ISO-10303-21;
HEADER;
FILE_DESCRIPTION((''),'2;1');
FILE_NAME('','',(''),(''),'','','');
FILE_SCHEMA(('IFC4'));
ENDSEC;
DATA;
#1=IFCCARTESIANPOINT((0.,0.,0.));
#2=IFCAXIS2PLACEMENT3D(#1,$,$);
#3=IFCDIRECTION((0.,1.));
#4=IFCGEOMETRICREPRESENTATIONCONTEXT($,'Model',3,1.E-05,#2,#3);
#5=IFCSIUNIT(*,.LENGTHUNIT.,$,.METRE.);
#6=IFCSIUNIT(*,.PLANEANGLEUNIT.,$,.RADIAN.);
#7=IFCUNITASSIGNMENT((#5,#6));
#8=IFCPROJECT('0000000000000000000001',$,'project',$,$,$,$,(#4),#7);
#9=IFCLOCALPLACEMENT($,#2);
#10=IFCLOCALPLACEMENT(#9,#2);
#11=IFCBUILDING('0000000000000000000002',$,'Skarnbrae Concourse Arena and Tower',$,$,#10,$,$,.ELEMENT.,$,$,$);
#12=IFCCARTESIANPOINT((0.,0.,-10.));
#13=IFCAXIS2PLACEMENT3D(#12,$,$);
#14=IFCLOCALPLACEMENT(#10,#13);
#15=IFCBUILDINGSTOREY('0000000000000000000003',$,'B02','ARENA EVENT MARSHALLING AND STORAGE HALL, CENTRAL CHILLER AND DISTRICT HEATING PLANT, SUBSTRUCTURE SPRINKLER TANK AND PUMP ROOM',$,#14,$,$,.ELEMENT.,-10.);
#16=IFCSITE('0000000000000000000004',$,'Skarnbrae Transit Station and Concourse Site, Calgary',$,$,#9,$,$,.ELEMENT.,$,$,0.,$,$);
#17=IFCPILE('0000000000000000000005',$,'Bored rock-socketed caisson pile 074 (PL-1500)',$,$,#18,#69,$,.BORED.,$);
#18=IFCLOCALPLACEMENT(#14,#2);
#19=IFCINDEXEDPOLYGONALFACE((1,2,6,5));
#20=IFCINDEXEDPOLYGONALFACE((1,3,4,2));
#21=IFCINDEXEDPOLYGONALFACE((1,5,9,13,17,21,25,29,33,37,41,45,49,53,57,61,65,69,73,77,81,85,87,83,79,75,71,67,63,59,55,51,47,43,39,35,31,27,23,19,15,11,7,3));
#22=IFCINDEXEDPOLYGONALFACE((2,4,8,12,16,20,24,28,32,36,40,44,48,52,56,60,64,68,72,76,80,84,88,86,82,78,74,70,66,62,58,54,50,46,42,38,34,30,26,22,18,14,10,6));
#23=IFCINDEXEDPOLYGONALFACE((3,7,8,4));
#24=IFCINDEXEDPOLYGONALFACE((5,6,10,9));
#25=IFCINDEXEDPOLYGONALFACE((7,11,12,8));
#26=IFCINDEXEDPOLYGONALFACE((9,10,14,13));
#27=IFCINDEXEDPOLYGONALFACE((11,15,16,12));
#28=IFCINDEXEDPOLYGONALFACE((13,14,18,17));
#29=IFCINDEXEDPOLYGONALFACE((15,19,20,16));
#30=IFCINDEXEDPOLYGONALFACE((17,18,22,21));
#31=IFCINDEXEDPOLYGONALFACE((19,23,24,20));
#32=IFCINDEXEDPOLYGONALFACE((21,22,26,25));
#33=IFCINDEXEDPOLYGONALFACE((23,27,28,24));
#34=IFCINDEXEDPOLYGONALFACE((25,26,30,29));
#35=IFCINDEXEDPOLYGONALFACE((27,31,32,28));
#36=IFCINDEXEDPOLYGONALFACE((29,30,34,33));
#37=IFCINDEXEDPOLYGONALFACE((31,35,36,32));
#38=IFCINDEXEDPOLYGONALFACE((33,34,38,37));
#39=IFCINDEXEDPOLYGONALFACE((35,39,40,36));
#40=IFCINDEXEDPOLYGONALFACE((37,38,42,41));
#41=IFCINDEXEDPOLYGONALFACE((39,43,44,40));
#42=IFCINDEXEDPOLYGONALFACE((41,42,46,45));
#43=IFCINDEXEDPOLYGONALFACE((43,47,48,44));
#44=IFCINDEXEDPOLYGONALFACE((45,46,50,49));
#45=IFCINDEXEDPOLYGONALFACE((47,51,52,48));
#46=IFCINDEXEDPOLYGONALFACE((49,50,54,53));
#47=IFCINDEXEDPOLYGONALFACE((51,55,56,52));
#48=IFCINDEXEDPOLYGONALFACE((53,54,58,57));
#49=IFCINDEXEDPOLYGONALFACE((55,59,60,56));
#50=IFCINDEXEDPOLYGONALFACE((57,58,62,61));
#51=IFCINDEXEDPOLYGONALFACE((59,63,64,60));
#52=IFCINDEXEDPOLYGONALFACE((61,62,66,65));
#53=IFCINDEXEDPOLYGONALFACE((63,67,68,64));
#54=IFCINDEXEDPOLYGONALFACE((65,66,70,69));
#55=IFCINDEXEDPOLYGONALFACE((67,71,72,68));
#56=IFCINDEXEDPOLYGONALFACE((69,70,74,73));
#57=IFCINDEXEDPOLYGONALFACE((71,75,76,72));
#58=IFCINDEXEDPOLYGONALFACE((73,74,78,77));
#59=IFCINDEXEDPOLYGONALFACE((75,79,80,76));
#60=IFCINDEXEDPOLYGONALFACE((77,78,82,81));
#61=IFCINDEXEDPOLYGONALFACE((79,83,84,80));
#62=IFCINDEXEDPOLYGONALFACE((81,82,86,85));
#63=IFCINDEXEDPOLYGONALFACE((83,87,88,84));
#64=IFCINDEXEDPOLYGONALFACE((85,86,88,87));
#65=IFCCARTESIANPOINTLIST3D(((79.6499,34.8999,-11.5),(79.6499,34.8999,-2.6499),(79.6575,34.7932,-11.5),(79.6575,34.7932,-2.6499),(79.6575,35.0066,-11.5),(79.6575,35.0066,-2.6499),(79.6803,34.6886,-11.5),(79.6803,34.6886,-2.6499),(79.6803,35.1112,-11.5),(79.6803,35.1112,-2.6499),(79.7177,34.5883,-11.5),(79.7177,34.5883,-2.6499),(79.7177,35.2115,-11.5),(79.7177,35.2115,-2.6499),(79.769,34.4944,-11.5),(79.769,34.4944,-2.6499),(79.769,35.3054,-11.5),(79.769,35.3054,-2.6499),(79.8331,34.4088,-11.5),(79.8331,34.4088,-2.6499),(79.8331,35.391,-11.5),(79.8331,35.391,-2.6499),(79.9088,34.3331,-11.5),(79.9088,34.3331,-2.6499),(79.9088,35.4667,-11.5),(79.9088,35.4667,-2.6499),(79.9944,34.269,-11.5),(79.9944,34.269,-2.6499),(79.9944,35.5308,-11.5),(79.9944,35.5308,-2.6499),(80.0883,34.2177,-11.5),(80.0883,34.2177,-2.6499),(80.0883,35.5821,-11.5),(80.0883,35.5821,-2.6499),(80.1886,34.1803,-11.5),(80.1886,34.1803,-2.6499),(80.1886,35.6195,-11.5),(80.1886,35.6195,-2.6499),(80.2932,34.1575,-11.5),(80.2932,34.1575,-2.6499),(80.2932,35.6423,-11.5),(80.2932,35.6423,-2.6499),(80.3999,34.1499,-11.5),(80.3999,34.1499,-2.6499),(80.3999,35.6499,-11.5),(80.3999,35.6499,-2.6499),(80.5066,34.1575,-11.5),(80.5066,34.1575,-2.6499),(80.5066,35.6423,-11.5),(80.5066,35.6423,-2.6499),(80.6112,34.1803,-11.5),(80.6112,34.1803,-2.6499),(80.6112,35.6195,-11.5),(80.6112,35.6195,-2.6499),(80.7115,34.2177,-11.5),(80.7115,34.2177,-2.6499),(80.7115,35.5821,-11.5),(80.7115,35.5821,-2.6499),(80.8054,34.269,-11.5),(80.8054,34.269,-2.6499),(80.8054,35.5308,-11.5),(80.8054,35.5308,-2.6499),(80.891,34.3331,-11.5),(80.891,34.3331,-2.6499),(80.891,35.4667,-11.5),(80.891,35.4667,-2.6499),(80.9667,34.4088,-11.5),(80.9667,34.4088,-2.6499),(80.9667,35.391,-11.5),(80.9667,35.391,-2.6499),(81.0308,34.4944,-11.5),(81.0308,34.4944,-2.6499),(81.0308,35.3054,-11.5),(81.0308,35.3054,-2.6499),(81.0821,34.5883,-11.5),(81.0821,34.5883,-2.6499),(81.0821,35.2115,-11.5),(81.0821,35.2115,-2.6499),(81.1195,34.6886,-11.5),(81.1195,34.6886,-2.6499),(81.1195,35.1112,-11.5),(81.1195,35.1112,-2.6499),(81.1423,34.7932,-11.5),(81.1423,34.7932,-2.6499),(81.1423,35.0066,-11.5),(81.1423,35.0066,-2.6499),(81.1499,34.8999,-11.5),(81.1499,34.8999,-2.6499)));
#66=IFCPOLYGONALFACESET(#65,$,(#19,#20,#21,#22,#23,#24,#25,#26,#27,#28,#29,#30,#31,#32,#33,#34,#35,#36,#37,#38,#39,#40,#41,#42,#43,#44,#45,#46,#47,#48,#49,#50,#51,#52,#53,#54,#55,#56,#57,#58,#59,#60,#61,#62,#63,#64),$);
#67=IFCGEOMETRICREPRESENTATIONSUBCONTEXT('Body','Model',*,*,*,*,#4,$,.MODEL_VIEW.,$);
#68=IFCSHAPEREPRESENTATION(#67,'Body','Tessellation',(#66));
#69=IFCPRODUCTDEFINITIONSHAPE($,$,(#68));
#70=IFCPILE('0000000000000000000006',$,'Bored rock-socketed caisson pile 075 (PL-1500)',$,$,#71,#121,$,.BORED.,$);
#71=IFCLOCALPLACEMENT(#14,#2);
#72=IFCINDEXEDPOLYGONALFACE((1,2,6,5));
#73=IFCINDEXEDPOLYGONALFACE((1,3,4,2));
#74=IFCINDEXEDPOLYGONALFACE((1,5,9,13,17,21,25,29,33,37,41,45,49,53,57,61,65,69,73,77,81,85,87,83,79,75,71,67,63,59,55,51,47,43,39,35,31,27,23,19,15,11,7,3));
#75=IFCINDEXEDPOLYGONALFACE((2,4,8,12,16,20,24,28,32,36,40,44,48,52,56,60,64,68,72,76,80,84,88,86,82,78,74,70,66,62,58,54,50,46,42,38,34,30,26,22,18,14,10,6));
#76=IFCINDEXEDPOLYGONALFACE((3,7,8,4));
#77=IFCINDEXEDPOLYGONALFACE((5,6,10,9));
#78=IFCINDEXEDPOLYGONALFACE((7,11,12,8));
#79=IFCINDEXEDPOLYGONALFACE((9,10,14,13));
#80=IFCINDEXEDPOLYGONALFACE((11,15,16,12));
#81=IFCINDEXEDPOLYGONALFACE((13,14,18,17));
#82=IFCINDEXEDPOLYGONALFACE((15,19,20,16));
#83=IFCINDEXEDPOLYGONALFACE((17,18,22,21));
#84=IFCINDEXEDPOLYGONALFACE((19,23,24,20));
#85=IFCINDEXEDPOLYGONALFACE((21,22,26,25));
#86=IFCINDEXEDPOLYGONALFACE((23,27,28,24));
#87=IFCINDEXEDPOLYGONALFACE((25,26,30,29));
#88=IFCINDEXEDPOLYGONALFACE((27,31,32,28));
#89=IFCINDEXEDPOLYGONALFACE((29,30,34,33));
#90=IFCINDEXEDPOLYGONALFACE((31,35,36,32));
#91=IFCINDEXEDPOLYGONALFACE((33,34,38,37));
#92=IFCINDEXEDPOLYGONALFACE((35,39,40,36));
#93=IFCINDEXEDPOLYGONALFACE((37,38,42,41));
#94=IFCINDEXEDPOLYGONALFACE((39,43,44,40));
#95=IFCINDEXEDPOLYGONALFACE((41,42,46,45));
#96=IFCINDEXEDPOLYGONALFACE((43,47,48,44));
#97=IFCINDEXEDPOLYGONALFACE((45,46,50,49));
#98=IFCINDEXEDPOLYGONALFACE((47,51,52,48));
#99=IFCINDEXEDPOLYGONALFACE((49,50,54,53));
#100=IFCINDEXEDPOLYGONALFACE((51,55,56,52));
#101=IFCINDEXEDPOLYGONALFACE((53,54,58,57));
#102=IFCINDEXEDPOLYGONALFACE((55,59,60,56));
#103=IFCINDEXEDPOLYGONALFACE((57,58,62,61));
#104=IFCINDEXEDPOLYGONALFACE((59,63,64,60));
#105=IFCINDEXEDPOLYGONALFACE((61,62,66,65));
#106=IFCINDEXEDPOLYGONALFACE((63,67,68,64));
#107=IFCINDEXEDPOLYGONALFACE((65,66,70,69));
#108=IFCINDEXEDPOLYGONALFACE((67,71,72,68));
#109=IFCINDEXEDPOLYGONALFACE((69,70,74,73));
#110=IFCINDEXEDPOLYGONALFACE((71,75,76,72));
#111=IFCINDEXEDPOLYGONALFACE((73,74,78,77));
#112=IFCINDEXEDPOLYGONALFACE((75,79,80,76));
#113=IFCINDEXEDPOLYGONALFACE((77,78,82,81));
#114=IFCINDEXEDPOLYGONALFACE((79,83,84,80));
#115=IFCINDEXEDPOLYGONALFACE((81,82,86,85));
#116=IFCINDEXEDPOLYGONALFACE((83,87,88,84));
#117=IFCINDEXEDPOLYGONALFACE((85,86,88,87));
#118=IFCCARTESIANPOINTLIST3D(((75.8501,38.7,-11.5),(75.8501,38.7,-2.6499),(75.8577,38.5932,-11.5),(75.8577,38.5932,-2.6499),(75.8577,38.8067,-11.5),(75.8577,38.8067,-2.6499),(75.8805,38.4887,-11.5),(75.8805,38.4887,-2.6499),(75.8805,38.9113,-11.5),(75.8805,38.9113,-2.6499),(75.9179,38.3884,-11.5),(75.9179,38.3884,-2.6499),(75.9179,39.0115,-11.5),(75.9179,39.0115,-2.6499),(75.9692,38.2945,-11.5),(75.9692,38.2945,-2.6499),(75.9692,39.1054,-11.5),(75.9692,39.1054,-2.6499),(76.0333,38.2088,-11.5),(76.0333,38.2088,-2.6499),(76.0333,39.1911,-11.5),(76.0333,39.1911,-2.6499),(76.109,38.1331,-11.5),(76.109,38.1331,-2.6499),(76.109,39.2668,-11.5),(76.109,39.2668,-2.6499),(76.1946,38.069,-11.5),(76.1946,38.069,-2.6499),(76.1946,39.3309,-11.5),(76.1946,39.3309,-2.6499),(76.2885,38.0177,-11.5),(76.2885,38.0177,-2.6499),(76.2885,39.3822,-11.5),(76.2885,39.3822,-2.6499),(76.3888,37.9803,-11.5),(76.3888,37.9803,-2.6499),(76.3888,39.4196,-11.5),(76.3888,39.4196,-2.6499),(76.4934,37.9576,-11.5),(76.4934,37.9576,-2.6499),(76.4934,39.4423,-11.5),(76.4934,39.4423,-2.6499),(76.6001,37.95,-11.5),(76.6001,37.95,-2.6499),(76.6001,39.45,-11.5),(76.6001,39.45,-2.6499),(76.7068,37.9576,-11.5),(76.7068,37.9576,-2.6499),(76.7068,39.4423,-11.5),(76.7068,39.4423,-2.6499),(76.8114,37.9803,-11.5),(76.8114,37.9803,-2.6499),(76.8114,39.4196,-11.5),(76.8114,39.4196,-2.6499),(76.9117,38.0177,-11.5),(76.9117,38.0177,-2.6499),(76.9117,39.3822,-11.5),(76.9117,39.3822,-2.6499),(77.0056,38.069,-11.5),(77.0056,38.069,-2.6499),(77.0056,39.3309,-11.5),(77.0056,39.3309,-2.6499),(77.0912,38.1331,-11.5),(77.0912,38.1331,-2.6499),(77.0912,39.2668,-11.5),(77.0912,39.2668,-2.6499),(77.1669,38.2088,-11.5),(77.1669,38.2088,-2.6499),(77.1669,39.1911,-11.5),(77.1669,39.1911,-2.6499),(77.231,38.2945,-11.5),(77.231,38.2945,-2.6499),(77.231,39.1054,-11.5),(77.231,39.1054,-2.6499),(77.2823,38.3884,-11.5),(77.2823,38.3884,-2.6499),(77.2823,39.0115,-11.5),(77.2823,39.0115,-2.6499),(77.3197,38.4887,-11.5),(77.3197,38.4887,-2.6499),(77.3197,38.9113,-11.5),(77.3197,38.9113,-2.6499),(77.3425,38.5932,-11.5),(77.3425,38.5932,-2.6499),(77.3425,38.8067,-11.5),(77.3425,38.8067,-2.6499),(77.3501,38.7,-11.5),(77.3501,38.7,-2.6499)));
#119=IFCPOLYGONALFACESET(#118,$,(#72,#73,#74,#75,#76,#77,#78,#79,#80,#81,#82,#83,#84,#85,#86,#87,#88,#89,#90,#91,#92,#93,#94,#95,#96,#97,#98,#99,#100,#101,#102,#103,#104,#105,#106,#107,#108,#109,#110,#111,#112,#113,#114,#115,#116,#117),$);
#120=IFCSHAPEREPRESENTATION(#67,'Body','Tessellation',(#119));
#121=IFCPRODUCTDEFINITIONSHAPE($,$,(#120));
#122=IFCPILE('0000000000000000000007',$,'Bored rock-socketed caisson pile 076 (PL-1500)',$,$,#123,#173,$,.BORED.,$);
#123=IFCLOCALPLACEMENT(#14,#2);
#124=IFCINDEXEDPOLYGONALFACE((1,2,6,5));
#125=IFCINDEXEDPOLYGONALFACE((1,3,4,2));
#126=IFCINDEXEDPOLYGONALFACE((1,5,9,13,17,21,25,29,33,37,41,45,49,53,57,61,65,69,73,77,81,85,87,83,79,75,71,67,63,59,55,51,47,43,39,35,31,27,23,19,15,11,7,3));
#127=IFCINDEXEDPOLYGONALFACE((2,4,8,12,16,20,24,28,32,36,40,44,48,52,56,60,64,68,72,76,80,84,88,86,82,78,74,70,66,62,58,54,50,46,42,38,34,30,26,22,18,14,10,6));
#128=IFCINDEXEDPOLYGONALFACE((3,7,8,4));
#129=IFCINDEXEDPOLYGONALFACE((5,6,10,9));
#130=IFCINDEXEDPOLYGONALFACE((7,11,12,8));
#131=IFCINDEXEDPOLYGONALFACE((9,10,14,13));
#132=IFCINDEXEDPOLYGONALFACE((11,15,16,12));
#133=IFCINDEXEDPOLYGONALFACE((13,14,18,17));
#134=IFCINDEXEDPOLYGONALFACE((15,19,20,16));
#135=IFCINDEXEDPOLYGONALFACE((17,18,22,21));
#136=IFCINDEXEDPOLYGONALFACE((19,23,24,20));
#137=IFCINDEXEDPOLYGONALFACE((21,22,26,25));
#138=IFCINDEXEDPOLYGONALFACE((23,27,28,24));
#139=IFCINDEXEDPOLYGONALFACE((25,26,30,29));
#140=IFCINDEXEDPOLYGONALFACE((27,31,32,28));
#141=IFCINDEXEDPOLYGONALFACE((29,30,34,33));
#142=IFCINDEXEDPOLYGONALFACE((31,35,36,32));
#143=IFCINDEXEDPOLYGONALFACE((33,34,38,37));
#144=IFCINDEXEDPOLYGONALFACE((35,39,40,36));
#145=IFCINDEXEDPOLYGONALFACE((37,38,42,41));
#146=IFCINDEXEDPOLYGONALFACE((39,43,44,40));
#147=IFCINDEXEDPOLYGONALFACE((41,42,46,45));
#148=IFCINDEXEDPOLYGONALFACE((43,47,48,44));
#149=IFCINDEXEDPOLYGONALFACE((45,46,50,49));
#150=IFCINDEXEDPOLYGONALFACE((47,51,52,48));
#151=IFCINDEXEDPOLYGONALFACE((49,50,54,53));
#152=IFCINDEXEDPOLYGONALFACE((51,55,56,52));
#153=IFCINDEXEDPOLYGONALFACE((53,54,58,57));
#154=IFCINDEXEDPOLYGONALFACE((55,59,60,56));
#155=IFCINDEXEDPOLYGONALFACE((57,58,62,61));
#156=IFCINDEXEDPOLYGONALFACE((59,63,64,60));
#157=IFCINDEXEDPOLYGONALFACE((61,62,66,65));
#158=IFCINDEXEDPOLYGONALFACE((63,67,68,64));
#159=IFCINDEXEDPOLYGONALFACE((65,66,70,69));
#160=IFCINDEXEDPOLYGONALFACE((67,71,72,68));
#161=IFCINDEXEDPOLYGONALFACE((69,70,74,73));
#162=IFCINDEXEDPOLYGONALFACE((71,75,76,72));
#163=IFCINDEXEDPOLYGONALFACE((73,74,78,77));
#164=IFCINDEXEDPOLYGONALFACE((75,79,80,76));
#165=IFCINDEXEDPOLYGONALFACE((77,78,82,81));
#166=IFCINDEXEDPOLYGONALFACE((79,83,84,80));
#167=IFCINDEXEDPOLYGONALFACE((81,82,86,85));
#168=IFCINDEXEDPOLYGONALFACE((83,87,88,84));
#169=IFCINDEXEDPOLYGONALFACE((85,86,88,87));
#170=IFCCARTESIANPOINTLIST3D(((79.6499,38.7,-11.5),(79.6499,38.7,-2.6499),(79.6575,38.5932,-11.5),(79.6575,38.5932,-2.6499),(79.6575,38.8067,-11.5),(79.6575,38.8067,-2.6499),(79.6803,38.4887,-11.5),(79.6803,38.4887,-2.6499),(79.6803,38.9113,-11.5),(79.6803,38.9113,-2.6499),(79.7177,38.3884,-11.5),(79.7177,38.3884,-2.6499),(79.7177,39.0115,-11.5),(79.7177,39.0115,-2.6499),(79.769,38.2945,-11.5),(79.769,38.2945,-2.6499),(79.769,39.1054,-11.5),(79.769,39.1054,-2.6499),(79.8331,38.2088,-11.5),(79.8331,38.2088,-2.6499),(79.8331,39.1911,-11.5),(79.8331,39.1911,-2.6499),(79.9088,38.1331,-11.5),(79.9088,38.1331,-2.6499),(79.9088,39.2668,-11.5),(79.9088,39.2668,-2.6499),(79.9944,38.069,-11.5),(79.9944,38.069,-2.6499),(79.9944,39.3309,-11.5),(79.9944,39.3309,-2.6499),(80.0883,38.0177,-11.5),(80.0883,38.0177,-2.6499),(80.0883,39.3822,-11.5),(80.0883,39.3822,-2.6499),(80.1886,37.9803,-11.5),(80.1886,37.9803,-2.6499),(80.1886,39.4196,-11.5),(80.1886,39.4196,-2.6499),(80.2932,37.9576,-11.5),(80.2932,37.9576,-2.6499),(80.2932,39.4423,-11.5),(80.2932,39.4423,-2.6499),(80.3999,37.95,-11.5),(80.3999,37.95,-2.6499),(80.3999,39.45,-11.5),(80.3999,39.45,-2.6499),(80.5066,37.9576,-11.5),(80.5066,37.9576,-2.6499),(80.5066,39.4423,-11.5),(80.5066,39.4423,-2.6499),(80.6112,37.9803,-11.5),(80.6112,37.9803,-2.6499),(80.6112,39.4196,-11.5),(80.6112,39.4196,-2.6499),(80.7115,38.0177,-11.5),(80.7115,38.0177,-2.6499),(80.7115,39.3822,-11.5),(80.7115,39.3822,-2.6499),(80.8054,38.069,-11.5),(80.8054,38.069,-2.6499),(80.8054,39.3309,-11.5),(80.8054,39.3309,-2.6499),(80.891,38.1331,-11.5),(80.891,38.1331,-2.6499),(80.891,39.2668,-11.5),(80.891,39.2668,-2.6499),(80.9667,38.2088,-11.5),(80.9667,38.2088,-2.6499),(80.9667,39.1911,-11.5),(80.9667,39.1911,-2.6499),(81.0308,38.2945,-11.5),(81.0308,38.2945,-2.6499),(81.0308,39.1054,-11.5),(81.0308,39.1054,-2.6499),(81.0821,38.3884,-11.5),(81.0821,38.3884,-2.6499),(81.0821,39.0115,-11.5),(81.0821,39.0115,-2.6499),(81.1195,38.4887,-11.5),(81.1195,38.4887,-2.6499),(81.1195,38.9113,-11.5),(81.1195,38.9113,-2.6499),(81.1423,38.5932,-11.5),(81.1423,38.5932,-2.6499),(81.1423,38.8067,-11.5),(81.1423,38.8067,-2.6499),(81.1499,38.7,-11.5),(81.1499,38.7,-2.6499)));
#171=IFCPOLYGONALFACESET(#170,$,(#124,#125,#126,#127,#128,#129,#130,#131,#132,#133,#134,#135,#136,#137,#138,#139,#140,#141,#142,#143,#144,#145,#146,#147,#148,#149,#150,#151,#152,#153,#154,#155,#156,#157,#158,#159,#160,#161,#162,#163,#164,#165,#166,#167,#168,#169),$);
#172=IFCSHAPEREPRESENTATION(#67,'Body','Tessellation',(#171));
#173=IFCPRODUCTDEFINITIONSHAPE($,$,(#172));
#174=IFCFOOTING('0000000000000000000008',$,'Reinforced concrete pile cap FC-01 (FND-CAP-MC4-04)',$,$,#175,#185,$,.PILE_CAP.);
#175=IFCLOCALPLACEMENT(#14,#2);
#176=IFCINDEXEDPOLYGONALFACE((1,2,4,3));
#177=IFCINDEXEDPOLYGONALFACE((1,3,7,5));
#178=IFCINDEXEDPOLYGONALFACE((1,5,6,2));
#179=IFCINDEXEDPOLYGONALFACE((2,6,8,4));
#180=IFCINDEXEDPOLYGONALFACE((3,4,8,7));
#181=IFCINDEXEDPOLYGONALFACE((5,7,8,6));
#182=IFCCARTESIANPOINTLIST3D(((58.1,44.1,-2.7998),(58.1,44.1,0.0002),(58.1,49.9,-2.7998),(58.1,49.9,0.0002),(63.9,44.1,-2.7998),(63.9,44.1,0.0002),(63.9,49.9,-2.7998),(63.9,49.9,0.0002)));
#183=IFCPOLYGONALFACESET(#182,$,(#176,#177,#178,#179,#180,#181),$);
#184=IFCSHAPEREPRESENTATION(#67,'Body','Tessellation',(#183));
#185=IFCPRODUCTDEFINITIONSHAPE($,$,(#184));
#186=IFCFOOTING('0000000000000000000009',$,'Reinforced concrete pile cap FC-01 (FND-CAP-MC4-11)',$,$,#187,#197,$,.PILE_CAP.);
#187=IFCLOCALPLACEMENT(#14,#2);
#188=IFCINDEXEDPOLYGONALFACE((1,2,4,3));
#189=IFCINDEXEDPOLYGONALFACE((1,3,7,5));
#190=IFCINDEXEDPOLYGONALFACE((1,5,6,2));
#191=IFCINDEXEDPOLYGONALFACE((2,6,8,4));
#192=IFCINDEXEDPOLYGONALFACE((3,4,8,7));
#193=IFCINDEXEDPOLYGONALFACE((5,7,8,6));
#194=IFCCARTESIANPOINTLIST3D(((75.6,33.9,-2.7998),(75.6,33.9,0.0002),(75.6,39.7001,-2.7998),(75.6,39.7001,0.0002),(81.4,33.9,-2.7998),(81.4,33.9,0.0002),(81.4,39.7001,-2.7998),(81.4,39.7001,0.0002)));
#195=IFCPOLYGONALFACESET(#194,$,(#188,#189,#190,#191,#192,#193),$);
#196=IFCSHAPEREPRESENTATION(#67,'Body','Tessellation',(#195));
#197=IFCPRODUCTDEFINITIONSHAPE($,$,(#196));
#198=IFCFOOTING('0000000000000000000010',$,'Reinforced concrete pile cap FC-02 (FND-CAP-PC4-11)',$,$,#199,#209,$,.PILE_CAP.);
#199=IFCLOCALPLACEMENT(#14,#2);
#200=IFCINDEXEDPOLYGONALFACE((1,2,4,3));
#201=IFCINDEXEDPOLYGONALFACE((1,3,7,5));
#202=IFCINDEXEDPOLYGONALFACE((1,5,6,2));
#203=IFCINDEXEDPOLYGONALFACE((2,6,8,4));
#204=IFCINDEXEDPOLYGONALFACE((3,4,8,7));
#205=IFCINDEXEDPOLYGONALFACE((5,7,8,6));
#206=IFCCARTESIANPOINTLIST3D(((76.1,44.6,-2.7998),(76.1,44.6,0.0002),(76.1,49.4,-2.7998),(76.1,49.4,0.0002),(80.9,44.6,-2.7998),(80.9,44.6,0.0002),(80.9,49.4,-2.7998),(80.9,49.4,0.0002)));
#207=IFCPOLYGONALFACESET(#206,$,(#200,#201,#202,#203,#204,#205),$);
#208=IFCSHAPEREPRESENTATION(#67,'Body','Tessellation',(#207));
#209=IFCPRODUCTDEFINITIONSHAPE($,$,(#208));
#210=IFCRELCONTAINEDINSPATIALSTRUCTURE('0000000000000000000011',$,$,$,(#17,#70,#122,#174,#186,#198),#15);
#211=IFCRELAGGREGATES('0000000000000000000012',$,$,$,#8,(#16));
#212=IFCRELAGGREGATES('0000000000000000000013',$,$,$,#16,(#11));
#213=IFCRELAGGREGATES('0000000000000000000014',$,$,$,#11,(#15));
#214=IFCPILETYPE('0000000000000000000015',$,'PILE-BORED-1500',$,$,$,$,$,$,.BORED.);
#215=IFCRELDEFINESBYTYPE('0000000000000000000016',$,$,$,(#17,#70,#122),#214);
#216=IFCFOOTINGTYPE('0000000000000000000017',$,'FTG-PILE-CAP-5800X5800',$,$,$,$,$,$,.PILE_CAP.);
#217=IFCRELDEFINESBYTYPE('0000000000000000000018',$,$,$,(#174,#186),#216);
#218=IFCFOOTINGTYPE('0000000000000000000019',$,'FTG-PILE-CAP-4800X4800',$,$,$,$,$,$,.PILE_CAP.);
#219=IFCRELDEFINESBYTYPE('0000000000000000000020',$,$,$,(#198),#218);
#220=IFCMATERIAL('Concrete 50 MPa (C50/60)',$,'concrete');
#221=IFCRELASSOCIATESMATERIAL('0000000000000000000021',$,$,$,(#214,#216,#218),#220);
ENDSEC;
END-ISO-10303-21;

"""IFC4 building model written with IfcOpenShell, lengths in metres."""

from ifc_helpers import new_model, si_unit, direction, frame, origin, origin_2d, place, context, subcontext, project, spatial, rectangle, circle, extrude, source, transform, mapped, material, material_profile, profile_set, type_object, element, save


model = new_model("IFC4")

# Units and contexts
model_context = context("Model", 3, precision=1e-05, world=origin(), true_north=direction((0.0, 1.0)))
body_context = subcontext(model_context, "Body", "Model", "MODEL_VIEW")
ifc_project = project(units=[si_unit("LENGTHUNIT", "METRE"), si_unit("PLANEANGLEUNIT", "RADIAN")], contexts=[model_context])

# Site, building, storey
site_placement = place(None, origin())
site = spatial("IfcSite", under=ifc_project, at=site_placement, Name="Skarnbrae Transit Station and Concourse Site, Calgary", CompositionType="ELEMENT", RefElevation=0.0)
building_placement = place(site_placement, origin())
building = spatial("IfcBuilding", under=site, at=building_placement, Name="Skarnbrae Concourse Arena and Tower", CompositionType="ELEMENT")
storey_placement = place(building_placement, frame((0.0, 0.0, -10.0)))
storey = spatial("IfcBuildingStorey", under=building, at=storey_placement, Name="B02", Description="ARENA EVENT MARSHALLING AND STORAGE HALL, CENTRAL CHILLER AND DISTRICT HEATING PLANT, SUBSTRUCTURE SPRINKLER TANK AND PUMP ROOM", CompositionType="ELEMENT", Elevation=-10.0)

# Piles
ifc_material_1 = material(Name="Concrete 50 MPa (C50/60)", Category="concrete")
ifc_material_profile_1 = material_profile(ifc_material_1, circle(Radius=0.75, at=origin_2d()), Name="CAISSON-1500")
ifc_profile_set_1 = profile_set([ifc_material_profile_1], Name="Concrete 50 MPa (C50/60)")
pile_type_1 = type_object("IfcPileType", Name="PILE-BORED-1500", PredefinedType="BORED", material=ifc_profile_set_1)
shared_shape_1 = source(origin(), body_context, "Body", "SweptSolid", [
    extrude(circle(Radius=0.75, at=origin_2d()), origin(), (0.0, 0.0, 1.0), 8.8501),
])
for number, where, z_axis, x_axis, name in (
    (1, (80.3999, 34.8999, -2.6499), (0.0, 0.0, -1.0), (1.0, 0.0, 0.0), "Bored rock-socketed caisson pile 074 (PL-1500)"),
    (2, (76.6001, 38.7, -2.6499), (0.0, 0.0, -1.0), (1.0, 0.0, 0.0), "Bored rock-socketed caisson pile 075 (PL-1500)"),
    (3, (80.3999, 38.7, -2.6499), (0.0, 0.0, -1.0), (1.0, 0.0, 0.0), "Bored rock-socketed caisson pile 076 (PL-1500)"),
):
    element("IfcPile", number, at=place(storey_placement, frame(where, z_axis=z_axis, x_axis=x_axis)), inside=storey, type_object=pile_type_1, Name=name, PredefinedType="BORED", context=body_context, shape_type="MappedRepresentation", body=[
        mapped(shared_shape_1, transform((0.0, 0.0, 0.0))),
    ])

# Footings
footing_type_1 = type_object("IfcFootingType", Name="FTG-PILE-CAP-5800X5800", PredefinedType="PILE_CAP", material=ifc_material_1)
shared_shape_2 = source(origin(), body_context, "Body", "SweptSolid", [
    extrude(rectangle(XDim=5.8, YDim=5.8, at=origin_2d()), origin(), (0.0, 0.0, 1.0), 2.8),
])
for number, where, z_axis, x_axis, name in (
    (4, (61.0, 47.0, -2.7998), (0.0, 0.0, 1.0), (1.0, 0.0, 0.0), "Reinforced concrete pile cap FC-01 (FND-CAP-MC4-04)"),
    (5, (78.5, 36.8, -2.7998), (0.0, 0.0, 1.0), (1.0, 0.0, 0.0), "Reinforced concrete pile cap FC-01 (FND-CAP-MC4-11)"),
):
    element("IfcFooting", number, at=place(storey_placement, frame(where, z_axis=z_axis, x_axis=x_axis)), inside=storey, type_object=footing_type_1, Name=name, PredefinedType="PILE_CAP", context=body_context, shape_type="MappedRepresentation", body=[
        mapped(shared_shape_2, transform((0.0, 0.0, 0.0))),
    ])
footing_type_2 = type_object("IfcFootingType", Name="FTG-PILE-CAP-4800X4800", PredefinedType="PILE_CAP", material=ifc_material_1)
shared_shape_3 = source(origin(), body_context, "Body", "SweptSolid", [
    extrude(rectangle(XDim=4.8, YDim=4.8, at=origin_2d()), origin(), (0.0, 0.0, 1.0), 2.8),
])
footing_placement = place(storey_placement, frame((78.5, 47.0, -2.7998), z_axis=(0.0, 0.0, 1.0), x_axis=(1.0, 0.0, 0.0)))
element("IfcFooting", 6, at=footing_placement, inside=storey, type_object=footing_type_2, Name="Reinforced concrete pile cap FC-02 (FND-CAP-PC4-11)", PredefinedType="PILE_CAP", context=body_context, shape_type="MappedRepresentation", body=[
    mapped(shared_shape_3, transform((0.0, 0.0, 0.0))),
])

save(model, "model.ifc")
